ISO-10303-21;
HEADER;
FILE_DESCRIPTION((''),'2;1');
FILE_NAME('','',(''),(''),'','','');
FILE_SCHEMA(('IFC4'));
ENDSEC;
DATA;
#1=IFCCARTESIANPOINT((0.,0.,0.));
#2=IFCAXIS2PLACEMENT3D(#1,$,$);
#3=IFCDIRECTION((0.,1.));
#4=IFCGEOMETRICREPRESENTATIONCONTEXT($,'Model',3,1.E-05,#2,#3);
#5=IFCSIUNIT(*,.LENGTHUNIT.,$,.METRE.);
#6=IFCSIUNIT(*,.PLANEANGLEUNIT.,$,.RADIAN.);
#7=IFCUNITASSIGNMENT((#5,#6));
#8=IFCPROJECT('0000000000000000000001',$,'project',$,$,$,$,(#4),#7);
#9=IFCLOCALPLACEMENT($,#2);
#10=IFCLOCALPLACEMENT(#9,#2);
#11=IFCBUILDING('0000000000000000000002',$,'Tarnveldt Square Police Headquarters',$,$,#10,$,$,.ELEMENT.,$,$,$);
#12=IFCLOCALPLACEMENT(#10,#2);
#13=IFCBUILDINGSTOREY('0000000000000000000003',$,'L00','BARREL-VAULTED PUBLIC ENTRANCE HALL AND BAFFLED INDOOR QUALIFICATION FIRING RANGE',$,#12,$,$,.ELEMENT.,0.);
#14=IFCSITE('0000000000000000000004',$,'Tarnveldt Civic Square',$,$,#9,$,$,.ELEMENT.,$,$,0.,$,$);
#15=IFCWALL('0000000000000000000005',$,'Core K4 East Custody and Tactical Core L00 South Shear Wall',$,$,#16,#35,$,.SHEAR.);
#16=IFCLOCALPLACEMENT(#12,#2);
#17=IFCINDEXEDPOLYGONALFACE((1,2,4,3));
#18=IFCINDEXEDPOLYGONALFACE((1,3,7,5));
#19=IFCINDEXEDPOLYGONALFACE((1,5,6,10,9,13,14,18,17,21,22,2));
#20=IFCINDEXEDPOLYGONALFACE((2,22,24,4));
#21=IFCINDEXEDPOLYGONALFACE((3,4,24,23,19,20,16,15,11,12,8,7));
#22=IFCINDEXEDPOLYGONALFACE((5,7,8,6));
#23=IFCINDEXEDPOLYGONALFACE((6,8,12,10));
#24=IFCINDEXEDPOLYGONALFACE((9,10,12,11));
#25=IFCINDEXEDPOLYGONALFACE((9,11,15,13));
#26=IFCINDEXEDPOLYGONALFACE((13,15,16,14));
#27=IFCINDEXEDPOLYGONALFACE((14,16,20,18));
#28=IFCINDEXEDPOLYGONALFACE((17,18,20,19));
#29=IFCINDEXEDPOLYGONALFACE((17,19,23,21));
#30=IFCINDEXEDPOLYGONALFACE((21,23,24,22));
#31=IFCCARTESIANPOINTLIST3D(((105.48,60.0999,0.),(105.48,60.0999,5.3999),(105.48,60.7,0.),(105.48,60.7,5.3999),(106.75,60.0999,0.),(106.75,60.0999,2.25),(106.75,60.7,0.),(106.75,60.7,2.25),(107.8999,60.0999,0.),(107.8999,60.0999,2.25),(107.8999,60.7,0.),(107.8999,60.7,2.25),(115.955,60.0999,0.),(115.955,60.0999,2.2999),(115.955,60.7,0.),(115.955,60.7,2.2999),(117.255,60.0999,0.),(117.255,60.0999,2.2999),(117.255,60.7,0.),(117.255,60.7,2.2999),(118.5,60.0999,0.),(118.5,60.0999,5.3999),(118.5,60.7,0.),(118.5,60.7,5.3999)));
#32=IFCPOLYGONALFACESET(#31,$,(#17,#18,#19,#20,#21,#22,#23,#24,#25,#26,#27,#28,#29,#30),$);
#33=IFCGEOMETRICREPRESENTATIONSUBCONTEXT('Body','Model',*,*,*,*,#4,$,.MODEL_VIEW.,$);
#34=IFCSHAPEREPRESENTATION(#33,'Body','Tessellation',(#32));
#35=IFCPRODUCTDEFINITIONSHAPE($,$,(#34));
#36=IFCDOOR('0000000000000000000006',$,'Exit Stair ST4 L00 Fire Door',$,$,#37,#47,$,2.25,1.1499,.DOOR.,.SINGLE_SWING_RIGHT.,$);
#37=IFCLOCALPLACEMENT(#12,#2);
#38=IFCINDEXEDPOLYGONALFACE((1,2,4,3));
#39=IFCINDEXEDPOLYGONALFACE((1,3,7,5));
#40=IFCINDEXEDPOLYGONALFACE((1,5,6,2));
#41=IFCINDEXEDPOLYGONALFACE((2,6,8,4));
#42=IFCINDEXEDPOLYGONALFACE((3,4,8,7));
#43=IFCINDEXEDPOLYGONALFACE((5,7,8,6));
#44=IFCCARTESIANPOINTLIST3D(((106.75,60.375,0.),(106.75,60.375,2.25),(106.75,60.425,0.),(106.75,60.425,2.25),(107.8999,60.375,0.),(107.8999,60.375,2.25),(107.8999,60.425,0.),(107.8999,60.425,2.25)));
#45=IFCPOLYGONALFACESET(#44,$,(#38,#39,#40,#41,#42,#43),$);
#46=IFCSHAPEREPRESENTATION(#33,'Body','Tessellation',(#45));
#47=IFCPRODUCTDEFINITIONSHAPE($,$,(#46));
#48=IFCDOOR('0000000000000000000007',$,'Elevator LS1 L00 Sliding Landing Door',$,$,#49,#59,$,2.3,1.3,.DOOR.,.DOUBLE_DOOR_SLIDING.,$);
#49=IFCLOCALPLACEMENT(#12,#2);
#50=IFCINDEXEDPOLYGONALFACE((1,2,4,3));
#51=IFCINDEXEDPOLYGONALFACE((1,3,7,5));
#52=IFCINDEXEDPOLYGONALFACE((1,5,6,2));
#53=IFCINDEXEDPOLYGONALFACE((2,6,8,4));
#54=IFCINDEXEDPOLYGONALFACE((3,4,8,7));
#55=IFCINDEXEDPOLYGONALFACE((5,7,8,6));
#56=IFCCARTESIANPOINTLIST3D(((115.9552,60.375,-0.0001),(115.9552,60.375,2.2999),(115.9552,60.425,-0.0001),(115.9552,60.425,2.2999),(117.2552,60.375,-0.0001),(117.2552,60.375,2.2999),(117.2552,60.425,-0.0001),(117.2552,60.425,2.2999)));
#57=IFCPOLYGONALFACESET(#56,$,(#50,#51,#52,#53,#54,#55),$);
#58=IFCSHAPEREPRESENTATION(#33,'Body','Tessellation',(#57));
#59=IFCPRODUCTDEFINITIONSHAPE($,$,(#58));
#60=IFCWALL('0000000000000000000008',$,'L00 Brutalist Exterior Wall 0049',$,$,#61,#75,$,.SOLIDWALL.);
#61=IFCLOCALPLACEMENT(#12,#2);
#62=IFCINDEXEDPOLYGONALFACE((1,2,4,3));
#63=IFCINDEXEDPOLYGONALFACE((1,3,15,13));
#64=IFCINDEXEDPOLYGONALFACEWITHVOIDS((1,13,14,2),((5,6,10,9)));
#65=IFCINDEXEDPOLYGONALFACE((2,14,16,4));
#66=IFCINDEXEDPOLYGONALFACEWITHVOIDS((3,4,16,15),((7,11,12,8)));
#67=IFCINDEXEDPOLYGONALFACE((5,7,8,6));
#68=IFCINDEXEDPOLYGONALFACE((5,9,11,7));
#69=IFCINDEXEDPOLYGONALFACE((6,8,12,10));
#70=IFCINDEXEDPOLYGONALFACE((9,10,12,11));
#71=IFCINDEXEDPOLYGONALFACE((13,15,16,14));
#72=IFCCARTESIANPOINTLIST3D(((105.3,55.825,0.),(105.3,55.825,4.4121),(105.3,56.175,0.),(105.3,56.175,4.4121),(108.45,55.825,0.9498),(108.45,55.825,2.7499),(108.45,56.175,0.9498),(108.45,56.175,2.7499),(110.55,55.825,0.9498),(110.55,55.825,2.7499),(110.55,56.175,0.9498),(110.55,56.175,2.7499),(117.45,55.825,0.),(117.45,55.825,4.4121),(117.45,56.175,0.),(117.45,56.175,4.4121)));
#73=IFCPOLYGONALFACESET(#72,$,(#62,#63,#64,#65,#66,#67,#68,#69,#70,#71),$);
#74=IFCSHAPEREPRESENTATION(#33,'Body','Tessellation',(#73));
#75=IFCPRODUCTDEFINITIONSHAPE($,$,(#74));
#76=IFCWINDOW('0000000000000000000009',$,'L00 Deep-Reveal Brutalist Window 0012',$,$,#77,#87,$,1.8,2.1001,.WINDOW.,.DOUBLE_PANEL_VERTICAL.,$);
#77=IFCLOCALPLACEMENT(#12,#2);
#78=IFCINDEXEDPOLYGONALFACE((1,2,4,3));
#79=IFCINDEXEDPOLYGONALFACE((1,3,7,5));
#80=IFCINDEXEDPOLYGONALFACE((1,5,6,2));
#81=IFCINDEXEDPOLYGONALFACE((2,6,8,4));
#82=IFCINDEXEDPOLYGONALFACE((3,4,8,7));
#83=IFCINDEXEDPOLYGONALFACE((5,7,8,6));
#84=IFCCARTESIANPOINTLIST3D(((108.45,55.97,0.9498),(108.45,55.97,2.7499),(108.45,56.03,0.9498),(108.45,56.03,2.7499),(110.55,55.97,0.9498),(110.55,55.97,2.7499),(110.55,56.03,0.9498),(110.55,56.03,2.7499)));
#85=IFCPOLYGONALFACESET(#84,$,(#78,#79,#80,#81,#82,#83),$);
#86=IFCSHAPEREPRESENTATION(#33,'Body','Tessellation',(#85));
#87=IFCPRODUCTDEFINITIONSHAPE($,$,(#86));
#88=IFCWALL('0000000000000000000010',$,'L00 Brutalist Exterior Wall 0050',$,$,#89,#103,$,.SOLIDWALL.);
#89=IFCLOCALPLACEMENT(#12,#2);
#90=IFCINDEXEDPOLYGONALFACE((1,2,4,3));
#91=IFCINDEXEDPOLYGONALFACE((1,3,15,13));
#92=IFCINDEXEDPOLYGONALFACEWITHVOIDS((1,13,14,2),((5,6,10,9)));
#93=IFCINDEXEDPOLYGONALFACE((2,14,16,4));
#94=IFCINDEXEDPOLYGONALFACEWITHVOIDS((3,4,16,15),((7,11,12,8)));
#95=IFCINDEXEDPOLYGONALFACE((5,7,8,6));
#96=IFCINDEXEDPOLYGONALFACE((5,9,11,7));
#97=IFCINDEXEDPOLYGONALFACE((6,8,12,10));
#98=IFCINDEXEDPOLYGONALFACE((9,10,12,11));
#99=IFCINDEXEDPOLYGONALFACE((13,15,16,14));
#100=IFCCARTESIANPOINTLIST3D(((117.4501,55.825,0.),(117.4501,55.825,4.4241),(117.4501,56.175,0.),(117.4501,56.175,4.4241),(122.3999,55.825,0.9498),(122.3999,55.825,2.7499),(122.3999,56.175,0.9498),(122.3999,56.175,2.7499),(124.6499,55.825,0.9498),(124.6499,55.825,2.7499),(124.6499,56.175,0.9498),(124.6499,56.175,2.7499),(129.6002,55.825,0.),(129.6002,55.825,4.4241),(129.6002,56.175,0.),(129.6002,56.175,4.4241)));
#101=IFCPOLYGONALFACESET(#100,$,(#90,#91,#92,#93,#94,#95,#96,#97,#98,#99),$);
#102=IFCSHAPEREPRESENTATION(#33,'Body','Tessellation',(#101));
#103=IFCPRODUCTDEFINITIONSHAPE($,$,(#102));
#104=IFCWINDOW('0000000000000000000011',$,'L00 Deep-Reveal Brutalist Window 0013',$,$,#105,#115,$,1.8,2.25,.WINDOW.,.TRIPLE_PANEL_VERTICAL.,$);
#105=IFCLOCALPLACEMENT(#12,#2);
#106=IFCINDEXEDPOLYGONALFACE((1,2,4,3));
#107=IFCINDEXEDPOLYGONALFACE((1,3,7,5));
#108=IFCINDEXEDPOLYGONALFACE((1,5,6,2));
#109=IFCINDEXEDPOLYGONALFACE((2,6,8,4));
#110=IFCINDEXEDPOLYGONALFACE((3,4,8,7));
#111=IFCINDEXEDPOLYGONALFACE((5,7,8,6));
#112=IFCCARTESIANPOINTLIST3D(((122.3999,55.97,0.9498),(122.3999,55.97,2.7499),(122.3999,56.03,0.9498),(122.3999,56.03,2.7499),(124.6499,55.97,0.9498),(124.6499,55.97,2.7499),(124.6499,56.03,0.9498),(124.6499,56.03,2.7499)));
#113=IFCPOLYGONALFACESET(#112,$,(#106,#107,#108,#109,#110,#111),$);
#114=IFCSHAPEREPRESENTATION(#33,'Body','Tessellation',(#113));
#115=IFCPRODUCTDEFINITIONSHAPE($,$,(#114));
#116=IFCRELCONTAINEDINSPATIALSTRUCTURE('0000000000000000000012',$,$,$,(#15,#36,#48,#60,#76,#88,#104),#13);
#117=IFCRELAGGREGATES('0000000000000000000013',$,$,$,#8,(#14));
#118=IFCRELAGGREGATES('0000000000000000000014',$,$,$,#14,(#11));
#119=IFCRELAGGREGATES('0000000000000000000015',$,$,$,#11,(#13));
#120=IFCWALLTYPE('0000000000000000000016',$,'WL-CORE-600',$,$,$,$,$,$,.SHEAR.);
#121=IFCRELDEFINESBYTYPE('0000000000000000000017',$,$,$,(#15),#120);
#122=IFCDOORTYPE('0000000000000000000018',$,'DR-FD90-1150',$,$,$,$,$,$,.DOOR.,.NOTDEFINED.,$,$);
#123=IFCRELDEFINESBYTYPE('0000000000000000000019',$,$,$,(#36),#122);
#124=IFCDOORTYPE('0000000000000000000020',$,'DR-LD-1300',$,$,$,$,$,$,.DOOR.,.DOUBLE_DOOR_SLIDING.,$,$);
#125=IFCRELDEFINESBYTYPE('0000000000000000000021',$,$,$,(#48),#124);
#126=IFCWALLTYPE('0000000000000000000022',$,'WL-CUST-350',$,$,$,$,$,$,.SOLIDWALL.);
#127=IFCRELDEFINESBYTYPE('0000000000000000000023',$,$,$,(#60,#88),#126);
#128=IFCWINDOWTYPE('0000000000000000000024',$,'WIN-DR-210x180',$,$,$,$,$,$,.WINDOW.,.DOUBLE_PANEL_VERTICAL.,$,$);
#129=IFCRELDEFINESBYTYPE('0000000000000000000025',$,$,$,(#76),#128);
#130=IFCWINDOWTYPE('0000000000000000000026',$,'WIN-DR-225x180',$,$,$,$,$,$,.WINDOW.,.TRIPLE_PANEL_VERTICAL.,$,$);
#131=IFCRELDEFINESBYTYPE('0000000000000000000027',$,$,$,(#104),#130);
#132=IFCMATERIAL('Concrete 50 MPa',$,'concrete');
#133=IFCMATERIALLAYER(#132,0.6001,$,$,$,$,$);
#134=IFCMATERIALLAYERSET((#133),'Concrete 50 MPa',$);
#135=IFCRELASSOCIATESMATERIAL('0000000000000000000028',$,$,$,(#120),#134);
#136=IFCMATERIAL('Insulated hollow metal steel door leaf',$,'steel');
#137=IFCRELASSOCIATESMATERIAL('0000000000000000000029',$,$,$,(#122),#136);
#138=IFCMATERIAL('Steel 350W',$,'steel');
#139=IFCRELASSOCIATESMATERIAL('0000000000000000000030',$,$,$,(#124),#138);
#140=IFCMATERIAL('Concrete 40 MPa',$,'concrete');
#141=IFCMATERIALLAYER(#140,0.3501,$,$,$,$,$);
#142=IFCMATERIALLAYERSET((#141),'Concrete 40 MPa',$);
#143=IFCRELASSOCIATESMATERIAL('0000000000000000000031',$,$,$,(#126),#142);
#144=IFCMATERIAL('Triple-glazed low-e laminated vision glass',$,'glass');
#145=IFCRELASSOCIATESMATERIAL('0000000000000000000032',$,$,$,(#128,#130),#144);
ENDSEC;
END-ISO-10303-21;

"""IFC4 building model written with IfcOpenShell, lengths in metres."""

from ifc_helpers import new_model, si_unit, direction, frame, frame_2d, origin, place, context, subcontext, project, spatial, rectangle, extrude, material, layer, layer_set, type_object, element, fill, save


model = new_model("IFC4")

# Units and contexts
model_context = context("Model", 3, precision=1e-05, world=origin(), true_north=direction((0.0, 1.0)))
body_context = subcontext(model_context, "Body", "Model", "MODEL_VIEW")
ifc_project = project(units=[si_unit("LENGTHUNIT", "METRE"), si_unit("PLANEANGLEUNIT", "RADIAN")], contexts=[model_context])

# Site, building, storey
site_placement = place(None, origin())
site = spatial("IfcSite", under=ifc_project, at=site_placement, Name="Tarnveldt Civic Square", CompositionType="ELEMENT", RefElevation=0.0)
building_placement = place(site_placement, origin())
building = spatial("IfcBuilding", under=site, at=building_placement, Name="Tarnveldt Square Police Headquarters", CompositionType="ELEMENT")
storey_placement = place(building_placement, origin())
storey = spatial("IfcBuildingStorey", under=building, at=storey_placement, Name="L00", Description="BARREL-VAULTED PUBLIC ENTRANCE HALL AND BAFFLED INDOOR QUALIFICATION FIRING RANGE", CompositionType="ELEMENT", Elevation=0.0)

# Shared definitions
ifc_material_1 = material(Name="Concrete 50 MPa", Category="concrete")

# Shared definitions
ifc_material_2 = material(Name="Concrete 40 MPa", Category="concrete")
ifc_material_3 = material(Name="Steel 350W", Category="steel")

# Shared definitions
ifc_material_4 = material(Name="Triple-glazed low-e laminated vision glass", Category="glass")

# Wall, openings, doors
ifc_layer_1 = layer(ifc_material_1, 0.6001)
ifc_layer_set_1 = layer_set([ifc_layer_1], Name="Concrete 50 MPa")
wall_type_1 = type_object("IfcWallType", Name="WL-CORE-600", PredefinedType="SHEAR", material=ifc_layer_set_1)
wall_1_placement = place(storey_placement, frame((105.48, 60.3999, 0.0), z_axis=(0.0, 0.0, 1.0), x_axis=(1.0, 0.0, 0.0)))
wall_1 = element("IfcWall", 1, at=wall_1_placement, inside=storey, type_object=wall_type_1, Name="Core K4 East Custody and Tactical Core L00 South Shear Wall", PredefinedType="SHEAR", context=body_context, shape_type="SweptSolid", body=[
    extrude(rectangle(XDim=13.02, YDim=0.6001, at=frame_2d((6.51, 0.0))), origin(), (0.0, 0.0, 1.0), 5.3999),
])
opening_1_placement = place(wall_1_placement, frame((1.27, 0.0, 0.0)))
opening_1 = element("IfcOpeningElement", 2, at=opening_1_placement, cuts=wall_1, PredefinedType="OPENING", context=body_context, shape_type="SweptSolid", body=[
    extrude(rectangle(XDim=1.1499, YDim=2.25, at=frame_2d((0.575, 1.125))), frame((0.0, 0.3101, 0.0), z_axis=(0.0, -1.0, 0.0), x_axis=(1.0, 0.0, 0.0)), (0.0, 0.0, 1.0), 0.6201),
])
opening_2_placement = place(wall_1_placement, frame((10.4751, 0.0, 0.0)))
opening_2 = element("IfcOpeningElement", 3, at=opening_2_placement, cuts=wall_1, PredefinedType="OPENING", context=body_context, shape_type="SweptSolid", body=[
    extrude(rectangle(XDim=1.3, YDim=2.3, at=frame_2d((0.6499, 1.1499))), frame((0.0, 0.3101, 0.0), z_axis=(0.0, -1.0, 0.0), x_axis=(1.0, 0.0, 0.0)), (0.0, 0.0, 1.0), 0.6201),
])
ifc_material_5 = material(Name="Insulated hollow metal steel door leaf", Category="steel")
door_type_1 = type_object("IfcDoorType", Name="DR-FD90-1150", OperationType="NOTDEFINED", PredefinedType="DOOR", material=ifc_material_5)
door_1_placement = place(opening_1_placement, frame((1.1499, 0.0, 0.0), z_axis=(0.0, 0.0, 1.0), x_axis=(-1.0, 0.0, 0.0)))
door_1 = element("IfcDoor", 4, at=door_1_placement, inside=storey, type_object=door_type_1, Name="Exit Stair ST4 L00 Fire Door", OperationType="SINGLE_SWING_RIGHT", OverallHeight=2.25, OverallWidth=1.1499, PredefinedType="DOOR", context=body_context, shape_type="SweptSolid", body=[
    extrude(rectangle(XDim=1.1499, YDim=2.25, at=frame_2d((0.575, 1.125))), frame((0.0, 0.0249, 0.0), z_axis=(0.0, -1.0, 0.0), x_axis=(1.0, 0.0, 0.0)), (0.0, 0.0, 1.0), 0.05),
])
fill(opening_1, door_1)
door_type_2 = type_object("IfcDoorType", Name="DR-LD-1300", OperationType="DOUBLE_DOOR_SLIDING", PredefinedType="DOOR", material=ifc_material_3)
door_2_placement = place(opening_2_placement, frame((1.3, 0.0, 0.0), z_axis=(0.0, 0.0, 1.0), x_axis=(-1.0, 0.0, 0.0)))
door_2 = element("IfcDoor", 5, at=door_2_placement, inside=storey, type_object=door_type_2, Name="Elevator LS1 L00 Sliding Landing Door", OperationType="DOUBLE_DOOR_SLIDING", OverallHeight=2.3, OverallWidth=1.3, PredefinedType="DOOR", context=body_context, shape_type="SweptSolid", body=[
    extrude(rectangle(XDim=1.3, YDim=2.3, at=frame_2d((0.6499, 1.1499))), frame((0.0, 0.0249, 0.0), z_axis=(0.0, -1.0, 0.0), x_axis=(1.0, 0.0, 0.0)), (0.0, 0.0, 1.0), 0.05),
])
fill(opening_2, door_2)

# Walls, openings, windows
ifc_layer_2 = layer(ifc_material_2, 0.3501)
ifc_layer_set_2 = layer_set([ifc_layer_2], Name="Concrete 40 MPa")
wall_type_2 = type_object("IfcWallType", Name="WL-CUST-350", PredefinedType="SOLIDWALL", material=ifc_layer_set_2)
wall_2_placement = place(storey_placement, frame((105.3, 56.0, 0.0), z_axis=(0.0, 0.0, 1.0), x_axis=(1.0, 0.0, 0.0)))
wall_2 = element("IfcWall", 6, at=wall_2_placement, inside=storey, type_object=wall_type_2, Name="L00 Brutalist Exterior Wall 0049", PredefinedType="SOLIDWALL", context=body_context, shape_type="SweptSolid", body=[
    extrude(rectangle(XDim=12.1499, YDim=0.3501, at=frame_2d((6.075, 0.0))), origin(), (0.0, 0.0, 1.0), 4.4121),
])
opening_3_placement = place(wall_2_placement, frame((3.1499, 0.0, 0.95)))
opening_3 = element("IfcOpeningElement", 7, at=opening_3_placement, cuts=wall_2, PredefinedType="OPENING", context=body_context, shape_type="SweptSolid", body=[
    extrude(rectangle(XDim=2.1001, YDim=1.8, at=frame_2d((1.05, 0.8999))), frame((0.0, 0.1851, 0.0), z_axis=(0.0, -1.0, 0.0), x_axis=(1.0, 0.0, 0.0)), (0.0, 0.0, 1.0), 0.3701),
])
window_type_1 = type_object("IfcWindowType", Name="WIN-DR-210x180", PartitioningType="DOUBLE_PANEL_VERTICAL", PredefinedType="WINDOW", material=ifc_material_4)
window_1_placement = place(opening_3_placement, origin())
window_1 = element("IfcWindow", 8, at=window_1_placement, inside=storey, type_object=window_type_1, Name="L00 Deep-Reveal Brutalist Window 0012", OverallHeight=1.8, OverallWidth=2.1001, PartitioningType="DOUBLE_PANEL_VERTICAL", PredefinedType="WINDOW", context=body_context, shape_type="SweptSolid", body=[
    extrude(rectangle(XDim=2.1001, YDim=1.8, at=frame_2d((1.05, 0.8999))), frame((0.0, 0.03, 0.0), z_axis=(0.0, -1.0, 0.0), x_axis=(1.0, 0.0, 0.0)), (0.0, 0.0, 1.0), 0.0601),
])
fill(opening_3, window_1)
wall_3_placement = place(storey_placement, frame((117.45, 56.0, 0.0), z_axis=(0.0, 0.0, 1.0), x_axis=(1.0, 0.0, 0.0)))
wall_3 = element("IfcWall", 9, at=wall_3_placement, inside=storey, type_object=wall_type_2, Name="L00 Brutalist Exterior Wall 0050", PredefinedType="SOLIDWALL", context=body_context, shape_type="SweptSolid", body=[
    extrude(rectangle(XDim=12.1501, YDim=0.3501, at=frame_2d((6.0752, 0.0))), origin(), (0.0, 0.0, 1.0), 4.4241),
])
opening_4_placement = place(wall_3_placement, frame((4.95, 0.0, 0.95)))
opening_4 = element("IfcOpeningElement", 10, at=opening_4_placement, cuts=wall_3, PredefinedType="OPENING", context=body_context, shape_type="SweptSolid", body=[
    extrude(rectangle(XDim=2.25, YDim=1.8, at=frame_2d((1.125, 0.8999))), frame((0.0, 0.1851, 0.0), z_axis=(0.0, -1.0, 0.0), x_axis=(1.0, 0.0, 0.0)), (0.0, 0.0, 1.0), 0.3701),
])
window_type_2 = type_object("IfcWindowType", Name="WIN-DR-225x180", PartitioningType="TRIPLE_PANEL_VERTICAL", PredefinedType="WINDOW", material=ifc_material_4)
window_2_placement = place(opening_4_placement, origin())
window_2 = element("IfcWindow", 11, at=window_2_placement, inside=storey, type_object=window_type_2, Name="L00 Deep-Reveal Brutalist Window 0013", OverallHeight=1.8, OverallWidth=2.25, PartitioningType="TRIPLE_PANEL_VERTICAL", PredefinedType="WINDOW", context=body_context, shape_type="SweptSolid", body=[
    extrude(rectangle(XDim=2.25, YDim=1.8, at=frame_2d((1.125, 0.8999))), frame((0.0, 0.03, 0.0), z_axis=(0.0, -1.0, 0.0), x_axis=(1.0, 0.0, 0.0)), (0.0, 0.0, 1.0), 0.0601),
])
fill(opening_4, window_2)

save(model, "model.ifc")
